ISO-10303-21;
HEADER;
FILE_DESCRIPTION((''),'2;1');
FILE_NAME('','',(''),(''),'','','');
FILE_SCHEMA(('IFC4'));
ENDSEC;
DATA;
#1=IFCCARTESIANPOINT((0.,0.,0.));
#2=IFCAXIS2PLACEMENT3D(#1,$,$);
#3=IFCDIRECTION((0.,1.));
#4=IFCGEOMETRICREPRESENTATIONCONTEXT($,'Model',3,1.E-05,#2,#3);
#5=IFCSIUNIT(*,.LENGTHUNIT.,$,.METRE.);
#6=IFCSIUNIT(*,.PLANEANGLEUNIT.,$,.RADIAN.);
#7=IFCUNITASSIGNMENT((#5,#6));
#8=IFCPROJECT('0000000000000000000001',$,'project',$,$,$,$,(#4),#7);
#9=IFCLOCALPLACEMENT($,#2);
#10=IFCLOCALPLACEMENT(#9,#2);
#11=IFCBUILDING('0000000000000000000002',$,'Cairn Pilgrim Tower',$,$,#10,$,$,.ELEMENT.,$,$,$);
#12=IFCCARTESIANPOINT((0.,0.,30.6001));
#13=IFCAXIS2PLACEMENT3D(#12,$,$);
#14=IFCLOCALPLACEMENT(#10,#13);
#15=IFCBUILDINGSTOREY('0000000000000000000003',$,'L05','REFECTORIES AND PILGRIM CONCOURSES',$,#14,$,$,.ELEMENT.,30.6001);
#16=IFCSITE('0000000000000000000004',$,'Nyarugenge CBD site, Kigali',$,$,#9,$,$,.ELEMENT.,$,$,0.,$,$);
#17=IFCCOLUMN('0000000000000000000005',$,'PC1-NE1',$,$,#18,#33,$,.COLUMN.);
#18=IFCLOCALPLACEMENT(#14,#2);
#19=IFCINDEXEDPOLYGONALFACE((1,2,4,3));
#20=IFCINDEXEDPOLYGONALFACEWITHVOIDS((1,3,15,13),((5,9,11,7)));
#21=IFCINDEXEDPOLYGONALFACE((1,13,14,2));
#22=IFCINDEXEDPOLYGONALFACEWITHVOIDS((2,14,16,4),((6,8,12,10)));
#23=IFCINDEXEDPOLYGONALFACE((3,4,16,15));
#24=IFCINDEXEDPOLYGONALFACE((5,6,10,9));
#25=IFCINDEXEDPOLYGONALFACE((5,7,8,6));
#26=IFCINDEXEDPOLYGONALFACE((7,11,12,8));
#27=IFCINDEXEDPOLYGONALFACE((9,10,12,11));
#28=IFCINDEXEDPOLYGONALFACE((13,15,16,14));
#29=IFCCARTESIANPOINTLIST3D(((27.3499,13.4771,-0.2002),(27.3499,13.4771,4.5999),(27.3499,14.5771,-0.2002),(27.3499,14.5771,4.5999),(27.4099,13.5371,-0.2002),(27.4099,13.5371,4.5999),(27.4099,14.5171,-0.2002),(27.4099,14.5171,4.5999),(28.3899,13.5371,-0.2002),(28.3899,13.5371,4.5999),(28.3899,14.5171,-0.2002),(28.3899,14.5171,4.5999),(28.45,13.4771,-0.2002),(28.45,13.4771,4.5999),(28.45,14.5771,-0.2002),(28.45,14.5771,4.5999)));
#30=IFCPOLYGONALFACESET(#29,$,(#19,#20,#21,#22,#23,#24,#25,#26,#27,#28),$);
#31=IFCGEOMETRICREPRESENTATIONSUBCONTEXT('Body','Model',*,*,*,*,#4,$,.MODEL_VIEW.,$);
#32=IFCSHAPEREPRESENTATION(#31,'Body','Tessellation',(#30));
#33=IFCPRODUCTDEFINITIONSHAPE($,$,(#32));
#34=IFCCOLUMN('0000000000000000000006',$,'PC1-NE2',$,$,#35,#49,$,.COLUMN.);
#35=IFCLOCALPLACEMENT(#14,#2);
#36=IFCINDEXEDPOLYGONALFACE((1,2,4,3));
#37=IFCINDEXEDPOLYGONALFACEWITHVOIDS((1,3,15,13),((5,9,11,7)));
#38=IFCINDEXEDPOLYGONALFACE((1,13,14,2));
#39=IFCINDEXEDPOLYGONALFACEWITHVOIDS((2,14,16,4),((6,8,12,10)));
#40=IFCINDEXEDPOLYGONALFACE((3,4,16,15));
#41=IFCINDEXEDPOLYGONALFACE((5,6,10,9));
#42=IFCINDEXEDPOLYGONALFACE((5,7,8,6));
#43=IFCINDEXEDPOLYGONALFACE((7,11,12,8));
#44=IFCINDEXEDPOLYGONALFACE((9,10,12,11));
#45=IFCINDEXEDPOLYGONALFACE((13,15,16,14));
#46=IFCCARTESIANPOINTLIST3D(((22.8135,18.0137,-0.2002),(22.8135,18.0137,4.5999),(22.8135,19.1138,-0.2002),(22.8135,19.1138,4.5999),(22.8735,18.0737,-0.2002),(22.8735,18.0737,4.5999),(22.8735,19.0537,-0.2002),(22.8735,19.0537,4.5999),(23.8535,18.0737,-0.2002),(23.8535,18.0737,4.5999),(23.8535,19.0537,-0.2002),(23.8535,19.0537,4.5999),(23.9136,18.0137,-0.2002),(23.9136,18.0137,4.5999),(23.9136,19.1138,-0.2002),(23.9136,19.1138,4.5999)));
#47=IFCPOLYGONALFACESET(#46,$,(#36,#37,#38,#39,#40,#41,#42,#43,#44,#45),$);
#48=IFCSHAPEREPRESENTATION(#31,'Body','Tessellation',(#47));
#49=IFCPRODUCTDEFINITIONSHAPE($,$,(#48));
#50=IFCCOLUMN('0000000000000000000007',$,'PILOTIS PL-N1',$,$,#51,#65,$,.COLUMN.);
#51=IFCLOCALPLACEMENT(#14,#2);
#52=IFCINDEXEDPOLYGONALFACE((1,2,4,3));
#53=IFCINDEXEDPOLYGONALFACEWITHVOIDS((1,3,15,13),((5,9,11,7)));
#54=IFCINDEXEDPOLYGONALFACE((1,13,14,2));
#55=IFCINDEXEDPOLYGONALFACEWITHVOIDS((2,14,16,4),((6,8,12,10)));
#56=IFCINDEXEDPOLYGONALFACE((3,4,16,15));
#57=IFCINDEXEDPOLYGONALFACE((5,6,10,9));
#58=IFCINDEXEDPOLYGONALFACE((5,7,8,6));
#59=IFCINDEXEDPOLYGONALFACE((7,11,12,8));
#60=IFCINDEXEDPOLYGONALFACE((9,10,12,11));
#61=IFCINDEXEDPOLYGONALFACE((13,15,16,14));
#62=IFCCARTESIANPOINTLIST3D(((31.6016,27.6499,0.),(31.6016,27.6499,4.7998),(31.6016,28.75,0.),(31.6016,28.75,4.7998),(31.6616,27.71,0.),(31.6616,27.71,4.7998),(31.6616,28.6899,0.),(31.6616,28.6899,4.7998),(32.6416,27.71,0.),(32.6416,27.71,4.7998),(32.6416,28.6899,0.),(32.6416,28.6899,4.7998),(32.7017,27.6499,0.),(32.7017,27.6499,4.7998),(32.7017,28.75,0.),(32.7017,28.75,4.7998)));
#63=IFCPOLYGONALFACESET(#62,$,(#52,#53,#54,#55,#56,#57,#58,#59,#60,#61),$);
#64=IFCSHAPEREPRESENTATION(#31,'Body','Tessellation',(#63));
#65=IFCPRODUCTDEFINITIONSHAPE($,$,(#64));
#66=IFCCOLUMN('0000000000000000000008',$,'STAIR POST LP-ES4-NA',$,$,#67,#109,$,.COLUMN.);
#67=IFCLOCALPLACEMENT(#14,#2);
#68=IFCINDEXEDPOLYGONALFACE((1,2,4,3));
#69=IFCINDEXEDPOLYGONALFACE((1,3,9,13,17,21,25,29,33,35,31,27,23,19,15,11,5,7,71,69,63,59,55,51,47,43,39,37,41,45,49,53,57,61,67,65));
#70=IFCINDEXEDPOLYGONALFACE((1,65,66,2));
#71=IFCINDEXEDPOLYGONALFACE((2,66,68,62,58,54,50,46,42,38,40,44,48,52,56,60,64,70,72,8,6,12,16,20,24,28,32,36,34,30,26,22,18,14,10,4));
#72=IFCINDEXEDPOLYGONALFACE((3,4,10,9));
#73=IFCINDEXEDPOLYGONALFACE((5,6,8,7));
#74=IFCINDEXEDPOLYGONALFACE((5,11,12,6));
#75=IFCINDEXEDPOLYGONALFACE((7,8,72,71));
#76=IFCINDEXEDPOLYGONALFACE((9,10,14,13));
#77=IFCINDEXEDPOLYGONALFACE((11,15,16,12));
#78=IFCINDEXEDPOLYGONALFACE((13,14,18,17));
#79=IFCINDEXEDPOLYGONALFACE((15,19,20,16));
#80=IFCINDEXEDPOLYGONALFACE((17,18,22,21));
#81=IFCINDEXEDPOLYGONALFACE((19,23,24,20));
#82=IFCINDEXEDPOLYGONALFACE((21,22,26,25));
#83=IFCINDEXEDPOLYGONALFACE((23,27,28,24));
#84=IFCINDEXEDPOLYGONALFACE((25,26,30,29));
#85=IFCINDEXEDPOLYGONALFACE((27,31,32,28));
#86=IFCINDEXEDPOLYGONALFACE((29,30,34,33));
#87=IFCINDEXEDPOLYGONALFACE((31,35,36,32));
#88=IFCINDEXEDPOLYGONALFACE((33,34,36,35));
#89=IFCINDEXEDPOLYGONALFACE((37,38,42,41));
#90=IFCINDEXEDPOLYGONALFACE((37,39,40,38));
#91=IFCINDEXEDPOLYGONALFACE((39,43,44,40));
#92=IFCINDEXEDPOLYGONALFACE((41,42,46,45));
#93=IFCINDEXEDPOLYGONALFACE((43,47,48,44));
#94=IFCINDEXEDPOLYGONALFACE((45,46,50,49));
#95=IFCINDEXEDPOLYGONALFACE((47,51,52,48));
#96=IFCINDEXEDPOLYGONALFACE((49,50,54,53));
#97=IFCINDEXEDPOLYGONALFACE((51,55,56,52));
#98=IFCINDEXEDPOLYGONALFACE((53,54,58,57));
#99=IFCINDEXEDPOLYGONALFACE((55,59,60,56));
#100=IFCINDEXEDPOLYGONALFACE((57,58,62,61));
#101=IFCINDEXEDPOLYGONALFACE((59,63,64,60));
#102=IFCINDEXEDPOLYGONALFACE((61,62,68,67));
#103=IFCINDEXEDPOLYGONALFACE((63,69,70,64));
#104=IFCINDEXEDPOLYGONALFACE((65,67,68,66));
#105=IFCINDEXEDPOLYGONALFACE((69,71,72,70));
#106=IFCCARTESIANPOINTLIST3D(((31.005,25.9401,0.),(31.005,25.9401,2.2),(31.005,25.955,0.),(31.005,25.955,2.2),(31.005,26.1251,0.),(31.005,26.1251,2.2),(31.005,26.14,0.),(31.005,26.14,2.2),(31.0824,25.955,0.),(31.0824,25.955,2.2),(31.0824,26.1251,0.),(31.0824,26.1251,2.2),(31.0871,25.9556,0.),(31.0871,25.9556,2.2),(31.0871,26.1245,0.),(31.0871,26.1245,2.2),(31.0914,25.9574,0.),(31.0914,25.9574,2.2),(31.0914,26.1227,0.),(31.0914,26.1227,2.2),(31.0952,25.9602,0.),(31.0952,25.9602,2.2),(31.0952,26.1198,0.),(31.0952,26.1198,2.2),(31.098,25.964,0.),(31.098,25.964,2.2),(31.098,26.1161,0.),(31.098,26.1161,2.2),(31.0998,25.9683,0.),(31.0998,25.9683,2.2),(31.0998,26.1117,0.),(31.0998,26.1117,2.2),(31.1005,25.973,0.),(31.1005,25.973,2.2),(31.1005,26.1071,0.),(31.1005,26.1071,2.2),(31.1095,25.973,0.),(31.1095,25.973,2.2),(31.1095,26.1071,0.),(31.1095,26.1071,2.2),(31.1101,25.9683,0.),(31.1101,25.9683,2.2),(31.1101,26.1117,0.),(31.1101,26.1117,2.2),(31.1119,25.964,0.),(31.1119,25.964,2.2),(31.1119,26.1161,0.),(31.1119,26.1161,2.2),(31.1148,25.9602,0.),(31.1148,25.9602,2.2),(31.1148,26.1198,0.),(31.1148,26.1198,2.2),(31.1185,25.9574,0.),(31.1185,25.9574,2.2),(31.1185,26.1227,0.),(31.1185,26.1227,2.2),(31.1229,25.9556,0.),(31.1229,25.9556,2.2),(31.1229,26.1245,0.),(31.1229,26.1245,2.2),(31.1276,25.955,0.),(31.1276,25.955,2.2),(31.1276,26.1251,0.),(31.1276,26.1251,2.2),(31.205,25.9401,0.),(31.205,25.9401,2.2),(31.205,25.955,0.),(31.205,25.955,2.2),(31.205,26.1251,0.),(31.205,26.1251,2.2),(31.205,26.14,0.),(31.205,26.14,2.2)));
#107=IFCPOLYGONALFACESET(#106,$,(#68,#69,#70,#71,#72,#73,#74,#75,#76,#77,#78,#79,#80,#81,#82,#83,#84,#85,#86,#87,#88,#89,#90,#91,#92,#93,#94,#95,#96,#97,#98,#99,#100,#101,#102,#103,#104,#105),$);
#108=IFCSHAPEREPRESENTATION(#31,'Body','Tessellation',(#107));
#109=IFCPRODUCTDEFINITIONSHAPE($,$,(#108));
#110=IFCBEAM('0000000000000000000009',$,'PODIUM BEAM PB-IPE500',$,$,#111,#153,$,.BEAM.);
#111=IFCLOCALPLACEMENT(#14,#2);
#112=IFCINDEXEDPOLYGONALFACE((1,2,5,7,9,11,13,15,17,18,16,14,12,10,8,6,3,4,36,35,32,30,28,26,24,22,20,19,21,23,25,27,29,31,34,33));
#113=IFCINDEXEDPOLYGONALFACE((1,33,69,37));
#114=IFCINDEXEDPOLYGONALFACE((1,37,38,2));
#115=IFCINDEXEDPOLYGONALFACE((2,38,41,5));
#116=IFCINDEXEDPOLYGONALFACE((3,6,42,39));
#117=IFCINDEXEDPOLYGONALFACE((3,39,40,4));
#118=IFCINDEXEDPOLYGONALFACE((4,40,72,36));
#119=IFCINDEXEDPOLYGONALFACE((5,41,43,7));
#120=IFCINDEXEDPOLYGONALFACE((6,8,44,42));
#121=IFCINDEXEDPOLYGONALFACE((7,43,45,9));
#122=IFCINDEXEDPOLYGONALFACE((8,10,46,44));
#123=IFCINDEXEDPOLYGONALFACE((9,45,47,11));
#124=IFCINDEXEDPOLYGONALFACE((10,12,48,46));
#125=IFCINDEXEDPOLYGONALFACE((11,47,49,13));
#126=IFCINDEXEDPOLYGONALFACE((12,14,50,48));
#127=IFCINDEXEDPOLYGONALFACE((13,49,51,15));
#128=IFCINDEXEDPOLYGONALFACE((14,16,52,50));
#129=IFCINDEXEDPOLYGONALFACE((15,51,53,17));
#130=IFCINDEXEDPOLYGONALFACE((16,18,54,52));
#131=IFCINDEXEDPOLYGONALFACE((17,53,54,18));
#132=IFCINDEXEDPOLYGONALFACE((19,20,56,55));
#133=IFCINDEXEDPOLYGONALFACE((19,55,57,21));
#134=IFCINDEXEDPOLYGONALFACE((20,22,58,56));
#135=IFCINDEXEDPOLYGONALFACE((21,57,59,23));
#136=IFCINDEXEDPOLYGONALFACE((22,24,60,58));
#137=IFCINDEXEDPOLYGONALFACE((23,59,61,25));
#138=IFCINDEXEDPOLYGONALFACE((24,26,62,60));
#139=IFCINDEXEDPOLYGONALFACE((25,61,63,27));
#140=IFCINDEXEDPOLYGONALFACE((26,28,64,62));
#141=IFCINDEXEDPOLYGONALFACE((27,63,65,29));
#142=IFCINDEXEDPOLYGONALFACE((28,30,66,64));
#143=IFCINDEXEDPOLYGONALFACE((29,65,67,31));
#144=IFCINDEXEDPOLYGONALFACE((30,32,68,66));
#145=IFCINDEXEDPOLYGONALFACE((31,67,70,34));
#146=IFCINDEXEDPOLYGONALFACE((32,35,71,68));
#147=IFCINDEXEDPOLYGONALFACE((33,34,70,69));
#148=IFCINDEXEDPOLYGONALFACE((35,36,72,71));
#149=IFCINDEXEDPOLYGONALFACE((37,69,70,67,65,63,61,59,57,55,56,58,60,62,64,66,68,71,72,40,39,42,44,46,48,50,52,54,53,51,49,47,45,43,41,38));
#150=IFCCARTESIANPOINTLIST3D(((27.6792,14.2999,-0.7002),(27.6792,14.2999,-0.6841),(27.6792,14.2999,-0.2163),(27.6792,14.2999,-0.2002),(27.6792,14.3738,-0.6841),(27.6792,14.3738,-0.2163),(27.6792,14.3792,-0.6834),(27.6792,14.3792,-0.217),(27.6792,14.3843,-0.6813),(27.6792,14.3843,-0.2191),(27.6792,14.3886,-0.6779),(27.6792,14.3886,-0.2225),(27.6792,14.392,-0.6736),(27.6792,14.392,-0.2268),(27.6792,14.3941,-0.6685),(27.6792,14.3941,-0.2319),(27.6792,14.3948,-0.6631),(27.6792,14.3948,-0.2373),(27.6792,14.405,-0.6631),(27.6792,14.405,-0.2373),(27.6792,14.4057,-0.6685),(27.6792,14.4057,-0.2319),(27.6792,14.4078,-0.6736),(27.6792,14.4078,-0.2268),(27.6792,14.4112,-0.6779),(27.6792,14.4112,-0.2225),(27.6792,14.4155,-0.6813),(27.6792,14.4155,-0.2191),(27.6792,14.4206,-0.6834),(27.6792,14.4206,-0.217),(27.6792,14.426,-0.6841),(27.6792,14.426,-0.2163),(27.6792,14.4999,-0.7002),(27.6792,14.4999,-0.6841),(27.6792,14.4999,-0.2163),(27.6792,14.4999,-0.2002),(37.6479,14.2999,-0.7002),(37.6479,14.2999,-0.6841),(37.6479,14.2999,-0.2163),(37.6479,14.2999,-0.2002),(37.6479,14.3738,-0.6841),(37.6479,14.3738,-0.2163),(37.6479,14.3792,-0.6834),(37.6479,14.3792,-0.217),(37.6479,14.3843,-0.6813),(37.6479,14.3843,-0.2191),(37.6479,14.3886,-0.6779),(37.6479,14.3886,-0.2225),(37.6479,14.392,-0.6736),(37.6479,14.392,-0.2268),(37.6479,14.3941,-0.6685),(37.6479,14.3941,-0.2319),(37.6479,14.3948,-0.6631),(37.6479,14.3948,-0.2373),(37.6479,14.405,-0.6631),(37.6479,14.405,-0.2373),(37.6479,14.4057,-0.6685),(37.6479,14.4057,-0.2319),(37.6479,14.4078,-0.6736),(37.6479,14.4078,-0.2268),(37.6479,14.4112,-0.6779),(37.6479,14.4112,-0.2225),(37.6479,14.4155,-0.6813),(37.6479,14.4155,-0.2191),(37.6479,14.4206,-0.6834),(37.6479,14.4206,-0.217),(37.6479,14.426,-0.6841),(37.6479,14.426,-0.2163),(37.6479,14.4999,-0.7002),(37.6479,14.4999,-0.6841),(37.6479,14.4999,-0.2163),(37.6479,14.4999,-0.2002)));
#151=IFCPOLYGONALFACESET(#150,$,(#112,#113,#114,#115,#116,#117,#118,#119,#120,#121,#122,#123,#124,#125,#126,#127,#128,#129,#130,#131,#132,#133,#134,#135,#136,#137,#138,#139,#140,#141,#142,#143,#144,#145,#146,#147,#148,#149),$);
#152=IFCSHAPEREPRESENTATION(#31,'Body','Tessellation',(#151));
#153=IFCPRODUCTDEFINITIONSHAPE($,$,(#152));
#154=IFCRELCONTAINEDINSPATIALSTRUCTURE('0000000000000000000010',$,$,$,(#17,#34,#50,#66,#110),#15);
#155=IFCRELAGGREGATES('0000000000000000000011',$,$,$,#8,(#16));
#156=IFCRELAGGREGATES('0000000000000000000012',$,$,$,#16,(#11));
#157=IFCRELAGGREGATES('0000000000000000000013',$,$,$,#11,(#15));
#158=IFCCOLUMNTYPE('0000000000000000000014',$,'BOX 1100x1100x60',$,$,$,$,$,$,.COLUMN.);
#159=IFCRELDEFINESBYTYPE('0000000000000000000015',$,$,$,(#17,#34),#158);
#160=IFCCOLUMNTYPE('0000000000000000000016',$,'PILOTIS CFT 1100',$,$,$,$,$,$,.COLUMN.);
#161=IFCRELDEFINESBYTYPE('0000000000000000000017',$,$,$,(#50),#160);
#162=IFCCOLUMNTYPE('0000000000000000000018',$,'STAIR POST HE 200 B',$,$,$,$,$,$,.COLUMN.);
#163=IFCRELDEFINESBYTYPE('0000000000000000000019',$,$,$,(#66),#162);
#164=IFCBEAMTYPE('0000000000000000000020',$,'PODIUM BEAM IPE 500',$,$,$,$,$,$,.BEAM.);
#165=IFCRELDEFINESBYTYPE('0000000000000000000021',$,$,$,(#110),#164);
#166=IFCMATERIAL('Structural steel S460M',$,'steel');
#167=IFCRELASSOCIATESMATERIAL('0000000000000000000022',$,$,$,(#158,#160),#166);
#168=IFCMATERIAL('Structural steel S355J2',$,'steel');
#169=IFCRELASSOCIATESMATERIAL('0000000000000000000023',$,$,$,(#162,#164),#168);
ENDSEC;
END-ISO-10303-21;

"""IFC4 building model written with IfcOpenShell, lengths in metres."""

from ifc_helpers import new_model, si_unit, direction, frame, origin, origin_2d, place, context, subcontext, project, spatial, hollow_rectangle, i_section, extrude, material, material_profile, profile_set, type_object, element, save


model = new_model("IFC4")

# Units and contexts
model_context = context("Model", 3, precision=1e-05, world=origin(), true_north=direction((0.0, 1.0)))
body_context = subcontext(model_context, "Body", "Model", "MODEL_VIEW")
ifc_project = project(units=[si_unit("LENGTHUNIT", "METRE"), si_unit("PLANEANGLEUNIT", "RADIAN")], contexts=[model_context])

# Site, building, storey
site_placement = place(None, origin())
site = spatial("IfcSite", under=ifc_project, at=site_placement, Name="Nyarugenge CBD site, Kigali", CompositionType="ELEMENT", RefElevation=0.0)
building_placement = place(site_placement, origin())
building = spatial("IfcBuilding", under=site, at=building_placement, Name="Cairn Pilgrim Tower", CompositionType="ELEMENT")
storey_placement = place(building_placement, frame((0.0, 0.0, 30.6001)))
storey = spatial("IfcBuildingStorey", under=building, at=storey_placement, Name="L05", Description="REFECTORIES AND PILGRIM CONCOURSES", CompositionType="ELEMENT", Elevation=30.6001)

# Columns
ifc_material_1 = material(Name="Structural steel S460M", Category="steel")
ifc_material_profile_1 = material_profile(ifc_material_1, hollow_rectangle(XDim=1.1001, YDim=1.1001, WallThickness=0.0601, at=origin_2d()), Name="BOX 1100x1100x60")
ifc_profile_set_1 = profile_set([ifc_material_profile_1], Name="Structural steel S460M")
column_type_1 = type_object("IfcColumnType", Name="BOX 1100x1100x60", PredefinedType="COLUMN", material=ifc_profile_set_1)
for number, where, z_axis, x_axis, name in (
    (1, (27.8999, 14.0271, -0.2002), (0.0, 0.0, 1.0), (1.0, 0.0, 0.0), "PC1-NE1"),
    (2, (23.3635, 18.5637, -0.2002), (0.0, 0.0, 1.0), (1.0, 0.0, 0.0), "PC1-NE2"),
):
    element("IfcColumn", number, at=place(storey_placement, frame(where, z_axis=z_axis, x_axis=x_axis)), inside=storey, type_object=column_type_1, Name=name, PredefinedType="COLUMN", context=body_context, shape_type="SweptSolid", body=[
        extrude(hollow_rectangle(XDim=1.1001, YDim=1.1001, WallThickness=0.0601, at=origin_2d()), origin(), (0.0, 0.0, 1.0), 4.8),
    ])
ifc_material_profile_2 = material_profile(ifc_material_1, hollow_rectangle(XDim=1.1001, YDim=1.1001, WallThickness=0.0601, at=origin_2d()), Name="BOX 1100x1100x60")
ifc_profile_set_2 = profile_set([ifc_material_profile_2], Name="Structural steel S460M")
column_type_2 = type_object("IfcColumnType", Name="PILOTIS CFT 1100", PredefinedType="COLUMN", material=ifc_profile_set_2)
column_1_placement = place(storey_placement, frame((32.1516, 28.2, 0.0), z_axis=(0.0, 0.0, 1.0), x_axis=(1.0, 0.0, 0.0)))
element("IfcColumn", 3, at=column_1_placement, inside=storey, type_object=column_type_2, Name="PILOTIS PL-N1", PredefinedType="COLUMN", context=body_context, shape_type="SweptSolid", body=[
    extrude(hollow_rectangle(XDim=1.1001, YDim=1.1001, WallThickness=0.0601, at=origin_2d()), origin(), (0.0, 0.0, 1.0), 4.7998),
])
ifc_material_2 = material(Name="Structural steel S355J2", Category="steel")
ifc_material_profile_3 = material_profile(ifc_material_2, i_section(OverallWidth=0.2, OverallDepth=0.2, WebThickness=0.009, FlangeThickness=0.0149, FilletRadius=0.0181, at=origin_2d()), Name="HE 200 B")
ifc_profile_set_3 = profile_set([ifc_material_profile_3], Name="Structural steel S355J2")
column_type_3 = type_object("IfcColumnType", Name="STAIR POST HE 200 B", PredefinedType="COLUMN", material=ifc_profile_set_3)
column_2_placement = place(storey_placement, frame((31.105, 26.04, 0.0), z_axis=(0.0, 0.0, 1.0), x_axis=(1.0, 0.0, 0.0)))
element("IfcColumn", 4, at=column_2_placement, inside=storey, type_object=column_type_3, Name="STAIR POST LP-ES4-NA", PredefinedType="COLUMN", context=body_context, shape_type="SweptSolid", body=[
    extrude(i_section(OverallWidth=0.2, OverallDepth=0.2, WebThickness=0.009, FlangeThickness=0.0149, FilletRadius=0.0181, at=origin_2d()), origin(), (0.0, 0.0, 1.0), 2.2),
])

# Beam
ifc_material_profile_4 = material_profile(ifc_material_2, i_section(OverallWidth=0.2, OverallDepth=0.5, WebThickness=0.0103, FlangeThickness=0.0161, FilletRadius=0.021, at=origin_2d()), Name="IPE 500")
ifc_profile_set_4 = profile_set([ifc_material_profile_4], Name="Structural steel S355J2")
beam_type_1 = type_object("IfcBeamType", Name="PODIUM BEAM IPE 500", PredefinedType="BEAM", material=ifc_profile_set_4)
beam_1_placement = place(storey_placement, frame((27.6792, 14.3999, -0.4502), z_axis=(1.0, 0.0, 0.0), x_axis=(0.0, 1.0, 0.0)))
element("IfcBeam", 5, at=beam_1_placement, inside=storey, type_object=beam_type_1, Name="PODIUM BEAM PB-IPE500", PredefinedType="BEAM", context=body_context, shape_type="SweptSolid", body=[
    extrude(i_section(OverallWidth=0.2, OverallDepth=0.5, WebThickness=0.0103, FlangeThickness=0.0161, FilletRadius=0.021, at=origin_2d()), origin(), (0.0, 0.0, 1.0), 9.9688),
])

save(model, "model.ifc")
